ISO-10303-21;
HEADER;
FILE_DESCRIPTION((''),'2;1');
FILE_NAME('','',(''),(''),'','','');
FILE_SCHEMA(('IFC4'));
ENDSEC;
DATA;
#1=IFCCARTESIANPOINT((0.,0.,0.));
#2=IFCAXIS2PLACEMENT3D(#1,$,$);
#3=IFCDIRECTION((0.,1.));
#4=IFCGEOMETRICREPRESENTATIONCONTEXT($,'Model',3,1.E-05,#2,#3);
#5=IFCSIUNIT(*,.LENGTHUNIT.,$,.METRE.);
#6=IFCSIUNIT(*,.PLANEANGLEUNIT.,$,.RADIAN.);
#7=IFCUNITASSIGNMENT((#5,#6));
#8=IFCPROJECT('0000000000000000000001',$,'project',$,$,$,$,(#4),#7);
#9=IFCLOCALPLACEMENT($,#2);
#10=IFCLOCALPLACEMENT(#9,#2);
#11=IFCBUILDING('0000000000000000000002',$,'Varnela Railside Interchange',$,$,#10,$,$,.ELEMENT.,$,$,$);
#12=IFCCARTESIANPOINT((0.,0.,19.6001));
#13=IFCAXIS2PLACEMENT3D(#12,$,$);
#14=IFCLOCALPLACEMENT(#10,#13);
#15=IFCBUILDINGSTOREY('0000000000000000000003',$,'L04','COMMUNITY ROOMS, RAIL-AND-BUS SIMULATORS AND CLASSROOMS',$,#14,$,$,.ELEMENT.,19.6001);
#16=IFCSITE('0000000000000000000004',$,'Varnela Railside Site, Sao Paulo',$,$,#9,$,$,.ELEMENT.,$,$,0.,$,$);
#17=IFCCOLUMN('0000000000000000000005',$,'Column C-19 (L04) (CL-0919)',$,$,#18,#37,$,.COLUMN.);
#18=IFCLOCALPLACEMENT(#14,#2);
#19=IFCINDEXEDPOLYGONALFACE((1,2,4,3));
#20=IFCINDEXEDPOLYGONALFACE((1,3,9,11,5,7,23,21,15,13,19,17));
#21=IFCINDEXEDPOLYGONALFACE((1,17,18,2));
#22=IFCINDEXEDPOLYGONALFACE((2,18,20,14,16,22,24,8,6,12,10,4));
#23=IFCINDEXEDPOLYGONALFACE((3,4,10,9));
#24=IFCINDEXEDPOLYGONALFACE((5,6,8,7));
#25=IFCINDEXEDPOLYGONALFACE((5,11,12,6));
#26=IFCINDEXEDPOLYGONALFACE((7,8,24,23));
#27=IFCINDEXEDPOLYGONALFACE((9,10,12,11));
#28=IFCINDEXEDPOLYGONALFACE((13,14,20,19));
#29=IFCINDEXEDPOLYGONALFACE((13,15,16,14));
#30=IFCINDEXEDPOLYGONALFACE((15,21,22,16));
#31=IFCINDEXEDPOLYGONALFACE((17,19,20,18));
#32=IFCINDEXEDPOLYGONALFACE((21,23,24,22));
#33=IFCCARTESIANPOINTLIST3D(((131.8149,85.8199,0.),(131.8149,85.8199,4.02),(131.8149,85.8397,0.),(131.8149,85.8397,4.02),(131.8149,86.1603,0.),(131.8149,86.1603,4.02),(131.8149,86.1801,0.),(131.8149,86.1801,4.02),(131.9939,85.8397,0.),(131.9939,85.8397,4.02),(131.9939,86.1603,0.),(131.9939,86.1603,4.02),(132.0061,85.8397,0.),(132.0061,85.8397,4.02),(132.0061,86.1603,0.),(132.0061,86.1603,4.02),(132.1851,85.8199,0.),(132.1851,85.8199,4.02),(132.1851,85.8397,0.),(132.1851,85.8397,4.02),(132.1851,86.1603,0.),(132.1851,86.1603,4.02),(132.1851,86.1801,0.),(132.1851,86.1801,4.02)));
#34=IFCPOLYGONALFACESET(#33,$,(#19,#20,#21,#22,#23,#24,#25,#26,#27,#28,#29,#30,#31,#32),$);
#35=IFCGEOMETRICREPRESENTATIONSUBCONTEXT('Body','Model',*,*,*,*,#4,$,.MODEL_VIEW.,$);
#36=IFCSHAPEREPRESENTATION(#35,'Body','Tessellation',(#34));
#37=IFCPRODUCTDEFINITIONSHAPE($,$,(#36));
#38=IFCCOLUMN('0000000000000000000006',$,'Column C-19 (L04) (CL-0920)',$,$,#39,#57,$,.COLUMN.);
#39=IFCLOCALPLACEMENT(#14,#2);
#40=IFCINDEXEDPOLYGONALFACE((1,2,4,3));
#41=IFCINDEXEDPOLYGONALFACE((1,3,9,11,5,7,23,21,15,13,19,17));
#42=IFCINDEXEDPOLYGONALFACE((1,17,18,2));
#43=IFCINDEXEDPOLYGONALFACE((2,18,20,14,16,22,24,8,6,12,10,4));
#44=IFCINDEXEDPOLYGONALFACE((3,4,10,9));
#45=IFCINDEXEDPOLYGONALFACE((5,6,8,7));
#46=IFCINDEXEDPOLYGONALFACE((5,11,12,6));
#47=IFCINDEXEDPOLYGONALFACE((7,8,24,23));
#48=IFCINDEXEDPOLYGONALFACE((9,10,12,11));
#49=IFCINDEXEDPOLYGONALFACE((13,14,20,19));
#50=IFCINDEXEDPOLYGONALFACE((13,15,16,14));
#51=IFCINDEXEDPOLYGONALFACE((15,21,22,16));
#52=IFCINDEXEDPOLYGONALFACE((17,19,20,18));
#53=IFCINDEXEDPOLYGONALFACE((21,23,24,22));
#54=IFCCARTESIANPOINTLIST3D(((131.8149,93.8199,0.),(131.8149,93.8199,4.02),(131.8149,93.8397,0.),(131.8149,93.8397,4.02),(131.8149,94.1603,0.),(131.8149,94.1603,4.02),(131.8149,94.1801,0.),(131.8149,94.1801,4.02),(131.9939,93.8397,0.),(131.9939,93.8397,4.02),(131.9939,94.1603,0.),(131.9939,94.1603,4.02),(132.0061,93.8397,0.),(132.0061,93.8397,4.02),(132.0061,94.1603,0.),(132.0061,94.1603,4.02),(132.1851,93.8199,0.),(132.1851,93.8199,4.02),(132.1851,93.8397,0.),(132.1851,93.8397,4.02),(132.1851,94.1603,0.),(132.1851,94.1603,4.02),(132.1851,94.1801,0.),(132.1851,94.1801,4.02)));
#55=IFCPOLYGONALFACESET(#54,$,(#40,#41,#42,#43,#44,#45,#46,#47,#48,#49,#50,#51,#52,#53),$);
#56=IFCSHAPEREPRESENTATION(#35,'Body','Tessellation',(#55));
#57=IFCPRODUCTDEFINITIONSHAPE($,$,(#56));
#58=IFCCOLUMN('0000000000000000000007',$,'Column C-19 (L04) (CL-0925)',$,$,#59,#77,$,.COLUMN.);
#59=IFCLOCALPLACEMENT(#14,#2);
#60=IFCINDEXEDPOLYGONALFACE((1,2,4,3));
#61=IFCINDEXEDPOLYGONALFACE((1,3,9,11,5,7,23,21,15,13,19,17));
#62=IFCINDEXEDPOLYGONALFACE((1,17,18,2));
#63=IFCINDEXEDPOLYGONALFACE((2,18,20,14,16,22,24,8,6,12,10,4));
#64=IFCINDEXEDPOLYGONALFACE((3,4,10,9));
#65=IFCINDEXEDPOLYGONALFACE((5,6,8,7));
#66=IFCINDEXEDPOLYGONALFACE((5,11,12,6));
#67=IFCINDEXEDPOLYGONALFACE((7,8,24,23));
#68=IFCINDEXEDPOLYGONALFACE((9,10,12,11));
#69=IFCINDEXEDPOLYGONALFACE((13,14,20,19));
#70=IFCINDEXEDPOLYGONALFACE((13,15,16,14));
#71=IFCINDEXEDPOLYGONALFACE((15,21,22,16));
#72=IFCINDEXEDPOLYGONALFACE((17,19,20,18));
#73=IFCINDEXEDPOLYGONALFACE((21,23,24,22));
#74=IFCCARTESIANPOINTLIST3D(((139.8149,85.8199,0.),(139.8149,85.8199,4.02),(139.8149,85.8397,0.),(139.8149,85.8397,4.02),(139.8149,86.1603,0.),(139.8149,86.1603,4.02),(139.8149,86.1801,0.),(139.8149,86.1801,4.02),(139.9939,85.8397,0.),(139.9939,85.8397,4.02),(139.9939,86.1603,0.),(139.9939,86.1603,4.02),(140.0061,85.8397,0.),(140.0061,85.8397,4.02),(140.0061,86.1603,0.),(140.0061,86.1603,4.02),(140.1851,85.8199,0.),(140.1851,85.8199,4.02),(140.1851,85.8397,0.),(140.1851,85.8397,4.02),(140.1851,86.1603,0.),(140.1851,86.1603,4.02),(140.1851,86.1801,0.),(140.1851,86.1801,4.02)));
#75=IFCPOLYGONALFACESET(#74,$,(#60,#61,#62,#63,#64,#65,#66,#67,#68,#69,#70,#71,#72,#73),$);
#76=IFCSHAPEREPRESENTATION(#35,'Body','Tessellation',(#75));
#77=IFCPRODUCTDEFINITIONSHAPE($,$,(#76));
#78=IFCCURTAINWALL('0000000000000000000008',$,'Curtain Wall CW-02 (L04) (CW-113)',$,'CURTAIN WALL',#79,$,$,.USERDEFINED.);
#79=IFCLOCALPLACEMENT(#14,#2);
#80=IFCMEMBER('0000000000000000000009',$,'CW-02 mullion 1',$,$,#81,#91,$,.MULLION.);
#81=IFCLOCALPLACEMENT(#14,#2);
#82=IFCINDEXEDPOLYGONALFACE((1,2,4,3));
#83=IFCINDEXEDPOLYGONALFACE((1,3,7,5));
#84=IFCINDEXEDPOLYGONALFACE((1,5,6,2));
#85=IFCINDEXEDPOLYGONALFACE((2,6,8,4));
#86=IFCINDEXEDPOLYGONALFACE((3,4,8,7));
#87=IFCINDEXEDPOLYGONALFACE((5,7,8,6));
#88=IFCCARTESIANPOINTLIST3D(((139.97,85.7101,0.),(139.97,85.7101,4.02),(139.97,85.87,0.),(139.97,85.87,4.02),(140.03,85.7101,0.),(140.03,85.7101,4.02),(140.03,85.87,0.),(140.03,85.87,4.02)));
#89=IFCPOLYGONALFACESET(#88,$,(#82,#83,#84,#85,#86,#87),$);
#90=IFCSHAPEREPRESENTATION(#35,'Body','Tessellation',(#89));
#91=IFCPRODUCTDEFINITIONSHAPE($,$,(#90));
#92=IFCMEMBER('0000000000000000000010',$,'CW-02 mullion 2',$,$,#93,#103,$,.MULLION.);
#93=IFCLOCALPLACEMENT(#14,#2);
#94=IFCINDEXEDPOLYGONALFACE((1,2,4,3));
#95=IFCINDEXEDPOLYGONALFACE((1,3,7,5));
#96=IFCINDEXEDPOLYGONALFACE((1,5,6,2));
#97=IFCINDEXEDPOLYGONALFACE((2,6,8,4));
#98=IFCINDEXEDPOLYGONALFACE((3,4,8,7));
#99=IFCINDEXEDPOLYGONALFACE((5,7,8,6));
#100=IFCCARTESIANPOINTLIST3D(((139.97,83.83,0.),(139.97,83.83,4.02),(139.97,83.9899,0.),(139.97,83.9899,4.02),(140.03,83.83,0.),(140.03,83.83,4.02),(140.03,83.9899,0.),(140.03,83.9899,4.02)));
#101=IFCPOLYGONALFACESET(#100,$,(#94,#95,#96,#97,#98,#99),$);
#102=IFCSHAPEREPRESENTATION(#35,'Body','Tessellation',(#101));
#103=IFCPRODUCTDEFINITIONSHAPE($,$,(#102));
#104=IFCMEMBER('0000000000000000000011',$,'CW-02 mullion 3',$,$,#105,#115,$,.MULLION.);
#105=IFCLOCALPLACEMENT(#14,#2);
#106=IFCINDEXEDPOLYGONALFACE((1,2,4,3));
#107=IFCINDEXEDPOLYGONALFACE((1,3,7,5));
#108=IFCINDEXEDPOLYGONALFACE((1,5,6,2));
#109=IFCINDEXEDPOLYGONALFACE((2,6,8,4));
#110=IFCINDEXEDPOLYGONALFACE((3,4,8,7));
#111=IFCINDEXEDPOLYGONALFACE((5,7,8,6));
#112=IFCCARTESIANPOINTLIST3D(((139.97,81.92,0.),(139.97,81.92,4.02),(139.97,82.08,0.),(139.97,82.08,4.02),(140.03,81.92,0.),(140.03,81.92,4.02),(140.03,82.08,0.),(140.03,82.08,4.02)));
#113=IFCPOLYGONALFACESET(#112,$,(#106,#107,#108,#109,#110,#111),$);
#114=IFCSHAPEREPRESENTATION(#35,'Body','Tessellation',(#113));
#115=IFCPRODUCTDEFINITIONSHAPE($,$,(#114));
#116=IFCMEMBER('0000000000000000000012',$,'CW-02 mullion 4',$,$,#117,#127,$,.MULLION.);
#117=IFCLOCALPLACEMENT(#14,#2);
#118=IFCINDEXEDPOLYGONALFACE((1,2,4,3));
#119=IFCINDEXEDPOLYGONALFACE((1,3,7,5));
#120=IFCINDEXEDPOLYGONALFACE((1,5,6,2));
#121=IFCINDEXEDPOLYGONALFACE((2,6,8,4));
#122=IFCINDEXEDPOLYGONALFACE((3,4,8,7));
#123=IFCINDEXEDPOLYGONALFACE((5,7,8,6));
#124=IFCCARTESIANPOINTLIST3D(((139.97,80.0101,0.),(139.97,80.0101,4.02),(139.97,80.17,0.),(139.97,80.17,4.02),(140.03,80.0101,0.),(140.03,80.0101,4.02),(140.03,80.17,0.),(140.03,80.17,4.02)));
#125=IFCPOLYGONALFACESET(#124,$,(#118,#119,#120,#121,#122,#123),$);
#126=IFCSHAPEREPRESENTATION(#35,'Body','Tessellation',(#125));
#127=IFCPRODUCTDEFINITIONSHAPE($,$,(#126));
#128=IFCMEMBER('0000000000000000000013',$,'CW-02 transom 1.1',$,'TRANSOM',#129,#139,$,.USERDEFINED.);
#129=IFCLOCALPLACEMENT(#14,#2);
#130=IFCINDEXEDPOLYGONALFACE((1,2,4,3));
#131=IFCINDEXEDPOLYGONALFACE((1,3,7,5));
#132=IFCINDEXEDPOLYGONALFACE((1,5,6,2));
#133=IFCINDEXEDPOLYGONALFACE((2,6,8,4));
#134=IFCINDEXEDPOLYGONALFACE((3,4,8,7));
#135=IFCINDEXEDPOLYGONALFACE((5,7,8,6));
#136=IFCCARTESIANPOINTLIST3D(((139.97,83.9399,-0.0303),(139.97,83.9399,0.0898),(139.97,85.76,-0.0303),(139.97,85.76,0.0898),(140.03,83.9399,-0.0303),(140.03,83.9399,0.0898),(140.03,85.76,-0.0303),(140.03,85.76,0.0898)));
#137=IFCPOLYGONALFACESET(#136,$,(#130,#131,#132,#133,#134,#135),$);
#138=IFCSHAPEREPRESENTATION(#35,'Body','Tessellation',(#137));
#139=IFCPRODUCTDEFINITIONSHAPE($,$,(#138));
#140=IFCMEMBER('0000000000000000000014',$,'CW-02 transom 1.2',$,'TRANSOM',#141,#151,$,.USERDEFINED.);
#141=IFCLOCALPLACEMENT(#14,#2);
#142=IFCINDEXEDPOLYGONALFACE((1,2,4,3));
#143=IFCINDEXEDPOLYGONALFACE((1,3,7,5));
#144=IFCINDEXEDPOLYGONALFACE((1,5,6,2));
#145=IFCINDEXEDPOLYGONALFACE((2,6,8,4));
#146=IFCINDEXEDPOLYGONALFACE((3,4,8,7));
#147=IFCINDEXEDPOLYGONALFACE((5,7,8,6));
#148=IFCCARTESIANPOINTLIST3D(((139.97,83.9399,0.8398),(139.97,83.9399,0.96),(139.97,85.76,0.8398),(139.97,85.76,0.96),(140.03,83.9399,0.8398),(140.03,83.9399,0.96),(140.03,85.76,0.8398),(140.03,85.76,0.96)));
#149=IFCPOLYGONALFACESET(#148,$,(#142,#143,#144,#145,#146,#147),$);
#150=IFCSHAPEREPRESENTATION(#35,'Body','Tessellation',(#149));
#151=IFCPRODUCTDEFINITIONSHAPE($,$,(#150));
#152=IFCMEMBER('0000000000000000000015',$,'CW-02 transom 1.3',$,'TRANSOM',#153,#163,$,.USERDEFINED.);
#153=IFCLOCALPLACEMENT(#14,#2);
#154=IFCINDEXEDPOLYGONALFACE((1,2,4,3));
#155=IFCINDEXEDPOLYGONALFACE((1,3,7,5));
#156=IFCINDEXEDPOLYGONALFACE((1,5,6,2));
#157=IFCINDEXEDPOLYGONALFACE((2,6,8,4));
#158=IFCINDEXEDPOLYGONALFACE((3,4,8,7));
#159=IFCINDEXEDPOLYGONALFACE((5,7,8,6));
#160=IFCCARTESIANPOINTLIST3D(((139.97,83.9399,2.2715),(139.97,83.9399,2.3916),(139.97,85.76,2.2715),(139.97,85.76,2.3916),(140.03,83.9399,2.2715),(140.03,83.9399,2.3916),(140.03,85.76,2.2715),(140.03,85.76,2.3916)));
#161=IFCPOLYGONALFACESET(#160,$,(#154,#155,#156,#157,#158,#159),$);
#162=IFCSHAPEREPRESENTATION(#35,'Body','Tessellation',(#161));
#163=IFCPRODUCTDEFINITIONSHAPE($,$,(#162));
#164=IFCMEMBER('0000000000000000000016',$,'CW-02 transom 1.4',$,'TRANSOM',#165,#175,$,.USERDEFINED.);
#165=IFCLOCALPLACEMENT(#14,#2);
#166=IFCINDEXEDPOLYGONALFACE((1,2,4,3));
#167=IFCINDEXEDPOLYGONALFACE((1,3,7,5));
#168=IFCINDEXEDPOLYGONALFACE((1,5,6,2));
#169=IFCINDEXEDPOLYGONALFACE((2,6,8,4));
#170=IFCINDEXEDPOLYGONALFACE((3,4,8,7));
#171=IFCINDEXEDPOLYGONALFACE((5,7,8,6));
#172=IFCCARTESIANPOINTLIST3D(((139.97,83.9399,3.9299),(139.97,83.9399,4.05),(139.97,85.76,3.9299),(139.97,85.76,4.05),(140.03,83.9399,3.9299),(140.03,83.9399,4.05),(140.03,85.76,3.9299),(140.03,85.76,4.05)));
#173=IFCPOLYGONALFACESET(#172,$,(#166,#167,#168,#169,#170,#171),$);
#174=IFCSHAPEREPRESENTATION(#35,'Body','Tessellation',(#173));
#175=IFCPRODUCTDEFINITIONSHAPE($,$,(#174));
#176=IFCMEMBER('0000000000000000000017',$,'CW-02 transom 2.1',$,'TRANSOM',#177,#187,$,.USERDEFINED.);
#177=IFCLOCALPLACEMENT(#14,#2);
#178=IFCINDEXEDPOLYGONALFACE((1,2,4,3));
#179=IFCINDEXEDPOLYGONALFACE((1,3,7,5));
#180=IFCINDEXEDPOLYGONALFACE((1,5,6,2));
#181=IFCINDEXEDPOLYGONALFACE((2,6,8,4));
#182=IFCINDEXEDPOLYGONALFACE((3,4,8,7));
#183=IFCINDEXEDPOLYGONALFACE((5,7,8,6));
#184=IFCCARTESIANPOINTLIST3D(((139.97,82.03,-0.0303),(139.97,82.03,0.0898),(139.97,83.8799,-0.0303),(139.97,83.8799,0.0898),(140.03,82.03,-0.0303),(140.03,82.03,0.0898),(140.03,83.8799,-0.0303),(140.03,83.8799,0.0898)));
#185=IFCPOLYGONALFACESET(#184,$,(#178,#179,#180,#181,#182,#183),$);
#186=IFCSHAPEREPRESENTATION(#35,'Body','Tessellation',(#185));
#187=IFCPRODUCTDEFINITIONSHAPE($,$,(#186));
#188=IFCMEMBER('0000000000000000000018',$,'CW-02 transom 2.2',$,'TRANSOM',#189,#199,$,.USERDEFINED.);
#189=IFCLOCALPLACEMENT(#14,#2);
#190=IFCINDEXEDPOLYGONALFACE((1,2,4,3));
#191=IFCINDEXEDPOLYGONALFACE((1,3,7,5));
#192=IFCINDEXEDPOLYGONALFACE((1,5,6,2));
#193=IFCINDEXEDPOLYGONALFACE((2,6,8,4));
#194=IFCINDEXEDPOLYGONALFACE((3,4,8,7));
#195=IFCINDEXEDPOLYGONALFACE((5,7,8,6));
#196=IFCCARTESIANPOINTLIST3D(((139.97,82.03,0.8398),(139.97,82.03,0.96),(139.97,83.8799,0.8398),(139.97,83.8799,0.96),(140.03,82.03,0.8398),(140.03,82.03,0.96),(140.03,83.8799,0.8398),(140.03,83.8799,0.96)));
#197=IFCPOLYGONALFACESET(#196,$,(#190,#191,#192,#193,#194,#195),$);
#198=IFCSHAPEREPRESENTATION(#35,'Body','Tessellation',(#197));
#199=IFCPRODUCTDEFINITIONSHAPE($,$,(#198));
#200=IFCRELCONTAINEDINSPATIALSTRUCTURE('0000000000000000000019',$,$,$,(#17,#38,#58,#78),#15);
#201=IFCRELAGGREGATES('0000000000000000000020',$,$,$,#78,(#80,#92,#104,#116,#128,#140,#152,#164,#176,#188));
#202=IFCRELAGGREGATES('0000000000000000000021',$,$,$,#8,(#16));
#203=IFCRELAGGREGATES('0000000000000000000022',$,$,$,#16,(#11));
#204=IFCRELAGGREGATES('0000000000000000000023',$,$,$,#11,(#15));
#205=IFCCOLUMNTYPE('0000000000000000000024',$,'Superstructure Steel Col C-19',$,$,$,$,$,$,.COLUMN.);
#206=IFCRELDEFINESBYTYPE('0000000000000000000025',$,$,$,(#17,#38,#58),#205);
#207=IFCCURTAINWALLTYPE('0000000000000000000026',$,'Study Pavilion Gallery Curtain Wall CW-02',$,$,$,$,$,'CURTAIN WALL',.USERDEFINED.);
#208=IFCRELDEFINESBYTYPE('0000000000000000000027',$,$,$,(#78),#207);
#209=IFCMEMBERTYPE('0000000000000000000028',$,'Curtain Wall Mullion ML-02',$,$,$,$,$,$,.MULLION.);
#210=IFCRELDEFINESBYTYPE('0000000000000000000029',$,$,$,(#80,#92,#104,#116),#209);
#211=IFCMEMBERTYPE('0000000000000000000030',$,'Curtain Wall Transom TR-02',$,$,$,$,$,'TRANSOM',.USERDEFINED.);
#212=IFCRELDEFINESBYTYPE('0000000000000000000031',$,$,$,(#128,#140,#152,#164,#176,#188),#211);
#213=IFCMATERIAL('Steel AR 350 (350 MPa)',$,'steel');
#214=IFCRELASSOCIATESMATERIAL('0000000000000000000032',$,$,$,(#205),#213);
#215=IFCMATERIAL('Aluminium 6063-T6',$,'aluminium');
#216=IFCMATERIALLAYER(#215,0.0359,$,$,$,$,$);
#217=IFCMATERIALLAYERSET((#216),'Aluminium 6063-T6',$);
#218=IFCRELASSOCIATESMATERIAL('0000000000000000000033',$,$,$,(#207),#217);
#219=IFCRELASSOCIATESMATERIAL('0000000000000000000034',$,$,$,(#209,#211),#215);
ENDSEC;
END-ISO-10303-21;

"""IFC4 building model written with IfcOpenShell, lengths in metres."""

from ifc_helpers import new_model, si_unit, direction, frame, origin, origin_2d, place, context, subcontext, project, spatial, rectangle, i_section, extrude, material, layer, layer_set, material_profile, profile_set, type_object, element, aggregate, save


model = new_model("IFC4")

# Units and contexts
model_context = context("Model", 3, precision=1e-05, world=origin(), true_north=direction((0.0, 1.0)))
body_context = subcontext(model_context, "Body", "Model", "MODEL_VIEW")
ifc_project = project(units=[si_unit("LENGTHUNIT", "METRE"), si_unit("PLANEANGLEUNIT", "RADIAN")], contexts=[model_context])

# Site, building, storey
site_placement = place(None, origin())
site = spatial("IfcSite", under=ifc_project, at=site_placement, Name="Varnela Railside Site, Sao Paulo", CompositionType="ELEMENT", RefElevation=0.0)
building_placement = place(site_placement, origin())
building = spatial("IfcBuilding", under=site, at=building_placement, Name="Varnela Railside Interchange", CompositionType="ELEMENT")
storey_placement = place(building_placement, frame((0.0, 0.0, 19.6001)))
storey = spatial("IfcBuildingStorey", under=building, at=storey_placement, Name="L04", Description="COMMUNITY ROOMS, RAIL-AND-BUS SIMULATORS AND CLASSROOMS", CompositionType="ELEMENT", Elevation=19.6001)

# Columns
ifc_material_1 = material(Name="Steel AR 350 (350 MPa)", Category="steel")
ifc_material_profile_1 = material_profile(ifc_material_1, i_section(OverallWidth=0.3701, OverallDepth=0.3601, WebThickness=0.0122, FlangeThickness=0.0198, at=origin_2d()), Name="W360x147")
ifc_profile_set_1 = profile_set([ifc_material_profile_1], Name="Steel AR 350 (350 MPa)")
column_type = type_object("IfcColumnType", Name="Superstructure Steel Col C-19", PredefinedType="COLUMN", material=ifc_profile_set_1)
for number, where, z_axis, x_axis, name in (
    (1, (132.0, 86.0, 0.0), (0.0, 0.0, 1.0), (1.0, 0.0, 0.0), "Column C-19 (L04) (CL-0919)"),
    (2, (132.0, 94.0, 0.0), (0.0, 0.0, 1.0), (1.0, 0.0, 0.0), "Column C-19 (L04) (CL-0920)"),
    (3, (140.0, 86.0, 0.0), (0.0, 0.0, 1.0), (1.0, 0.0, 0.0), "Column C-19 (L04) (CL-0925)"),
):
    element("IfcColumn", number, at=place(storey_placement, frame(where, z_axis=z_axis, x_axis=x_axis)), inside=storey, type_object=column_type, Name=name, PredefinedType="COLUMN", context=body_context, shape_type="SweptSolid", body=[
        extrude(i_section(OverallWidth=0.3701, OverallDepth=0.3601, WebThickness=0.0122, FlangeThickness=0.0198, at=origin_2d()), origin(), (0.0, 0.0, 1.0), 4.02),
    ])

# Curtain wall, members
ifc_material_2 = material(Name="Aluminium 6063-T6", Category="aluminium")
ifc_layer_1 = layer(ifc_material_2, 0.0359)
ifc_layer_set_1 = layer_set([ifc_layer_1], Name="Aluminium 6063-T6")
curtain_wall_type = type_object("IfcCurtainWallType", Name="Study Pavilion Gallery Curtain Wall CW-02", ElementType="CURTAIN WALL", PredefinedType="USERDEFINED", material=ifc_layer_set_1)
curtain_wall_placement = place(storey_placement, origin())
curtain_wall = element("IfcCurtainWall", 4, at=curtain_wall_placement, inside=storey, type_object=curtain_wall_type, Name="Curtain Wall CW-02 (L04) (CW-113)", ObjectType="CURTAIN WALL", PredefinedType="USERDEFINED")
ifc_material_profile_2 = material_profile(ifc_material_2, rectangle(XDim=0.0601, YDim=0.1599, at=origin_2d()), Name="ALU 60x160")
ifc_profile_set_2 = profile_set([ifc_material_profile_2], Name="Aluminium 6063-T6")
member_type_1 = type_object("IfcMemberType", Name="Curtain Wall Mullion ML-02", PredefinedType="MULLION", material=ifc_profile_set_2)
member_1_placement = place(storey_placement, frame((140.0, 85.79, 0.0), z_axis=(0.0, 0.0, 1.0), x_axis=(1.0, 0.0, 0.0)))
member_1 = element("IfcMember", 5, at=member_1_placement, type_object=member_type_1, Name="CW-02 mullion 1", PredefinedType="MULLION", context=body_context, shape_type="SweptSolid", body=[
    extrude(rectangle(XDim=0.0601, YDim=0.1599, at=origin_2d()), origin(), (0.0, 0.0, 1.0), 4.02),
])
member_2_placement = place(storey_placement, frame((140.0, 83.9099, 0.0), z_axis=(0.0, 0.0, 1.0), x_axis=(1.0, 0.0, 0.0)))
member_2 = element("IfcMember", 6, at=member_2_placement, type_object=member_type_1, Name="CW-02 mullion 2", PredefinedType="MULLION", context=body_context, shape_type="SweptSolid", body=[
    extrude(rectangle(XDim=0.0601, YDim=0.1599, at=origin_2d()), origin(), (0.0, 0.0, 1.0), 4.02),
])
member_3_placement = place(storey_placement, frame((140.0, 82.0, 0.0), z_axis=(0.0, 0.0, 1.0), x_axis=(1.0, 0.0, 0.0)))
member_3 = element("IfcMember", 7, at=member_3_placement, type_object=member_type_1, Name="CW-02 mullion 3", PredefinedType="MULLION", context=body_context, shape_type="SweptSolid", body=[
    extrude(rectangle(XDim=0.0601, YDim=0.1599, at=origin_2d()), origin(), (0.0, 0.0, 1.0), 4.02),
])
member_4_placement = place(storey_placement, frame((140.0, 80.0901, 0.0), z_axis=(0.0, 0.0, 1.0), x_axis=(1.0, 0.0, 0.0)))
member_4 = element("IfcMember", 8, at=member_4_placement, type_object=member_type_1, Name="CW-02 mullion 4", PredefinedType="MULLION", context=body_context, shape_type="SweptSolid", body=[
    extrude(rectangle(XDim=0.0601, YDim=0.1599, at=origin_2d()), origin(), (0.0, 0.0, 1.0), 4.02),
])
ifc_material_profile_3 = material_profile(ifc_material_2, rectangle(XDim=0.0601, YDim=0.1201, at=origin_2d()), Name="ALU 60x120")
ifc_profile_set_3 = profile_set([ifc_material_profile_3], Name="Aluminium 6063-T6")
member_type_2 = type_object("IfcMemberType", Name="Curtain Wall Transom TR-02", ElementType="TRANSOM", PredefinedType="USERDEFINED", material=ifc_profile_set_3)
member_5_placement = place(storey_placement, frame((140.0, 85.76, 0.0298), z_axis=(0.0, -1.0, 0.0), x_axis=(1.0, 0.0, 0.0)))
member_5 = element("IfcMember", 9, at=member_5_placement, type_object=member_type_2, Name="CW-02 transom 1.1", ObjectType="TRANSOM", PredefinedType="USERDEFINED", context=body_context, shape_type="SweptSolid", body=[
    extrude(rectangle(XDim=0.0601, YDim=0.1201, at=origin_2d()), origin(), (0.0, 0.0, 1.0), 1.8201),
])
member_6_placement = place(storey_placement, frame((140.0, 85.76, 0.8999), z_axis=(0.0, -1.0, 0.0), x_axis=(1.0, 0.0, 0.0)))
member_6 = element("IfcMember", 10, at=member_6_placement, type_object=member_type_2, Name="CW-02 transom 1.2", ObjectType="TRANSOM", PredefinedType="USERDEFINED", context=body_context, shape_type="SweptSolid", body=[
    extrude(rectangle(XDim=0.0601, YDim=0.1201, at=origin_2d()), origin(), (0.0, 0.0, 1.0), 1.8201),
])
member_7_placement = place(storey_placement, frame((140.0, 85.76, 2.3315), z_axis=(0.0, -1.0, 0.0), x_axis=(1.0, 0.0, 0.0)))
member_7 = element("IfcMember", 11, at=member_7_placement, type_object=member_type_2, Name="CW-02 transom 1.3", ObjectType="TRANSOM", PredefinedType="USERDEFINED", context=body_context, shape_type="SweptSolid", body=[
    extrude(rectangle(XDim=0.0601, YDim=0.1201, at=origin_2d()), origin(), (0.0, 0.0, 1.0), 1.8201),
])
member_8_placement = place(storey_placement, frame((140.0, 85.76, 3.99), z_axis=(0.0, -1.0, 0.0), x_axis=(1.0, 0.0, 0.0)))
member_8 = element("IfcMember", 12, at=member_8_placement, type_object=member_type_2, Name="CW-02 transom 1.4", ObjectType="TRANSOM", PredefinedType="USERDEFINED", context=body_context, shape_type="SweptSolid", body=[
    extrude(rectangle(XDim=0.0601, YDim=0.1201, at=origin_2d()), origin(), (0.0, 0.0, 1.0), 1.8201),
])
member_9_placement = place(storey_placement, frame((140.0, 83.8799, 0.0298), z_axis=(0.0, -1.0, 0.0), x_axis=(1.0, 0.0, 0.0)))
member_9 = element("IfcMember", 13, at=member_9_placement, type_object=member_type_2, Name="CW-02 transom 2.1", ObjectType="TRANSOM", PredefinedType="USERDEFINED", context=body_context, shape_type="SweptSolid", body=[
    extrude(rectangle(XDim=0.0601, YDim=0.1201, at=origin_2d()), origin(), (0.0, 0.0, 1.0), 1.8499),
])
member_10_placement = place(storey_placement, frame((140.0, 83.8799, 0.8999), z_axis=(0.0, -1.0, 0.0), x_axis=(1.0, 0.0, 0.0)))
member_10 = element("IfcMember", 14, at=member_10_placement, type_object=member_type_2, Name="CW-02 transom 2.2", ObjectType="TRANSOM", PredefinedType="USERDEFINED", context=body_context, shape_type="SweptSolid", body=[
    extrude(rectangle(XDim=0.0601, YDim=0.1201, at=origin_2d()), origin(), (0.0, 0.0, 1.0), 1.8499),
])

aggregate(curtain_wall, [member_1, member_2, member_3, member_4, member_5, member_6, member_7, member_8, member_9, member_10])

save(model, "model.ifc")
